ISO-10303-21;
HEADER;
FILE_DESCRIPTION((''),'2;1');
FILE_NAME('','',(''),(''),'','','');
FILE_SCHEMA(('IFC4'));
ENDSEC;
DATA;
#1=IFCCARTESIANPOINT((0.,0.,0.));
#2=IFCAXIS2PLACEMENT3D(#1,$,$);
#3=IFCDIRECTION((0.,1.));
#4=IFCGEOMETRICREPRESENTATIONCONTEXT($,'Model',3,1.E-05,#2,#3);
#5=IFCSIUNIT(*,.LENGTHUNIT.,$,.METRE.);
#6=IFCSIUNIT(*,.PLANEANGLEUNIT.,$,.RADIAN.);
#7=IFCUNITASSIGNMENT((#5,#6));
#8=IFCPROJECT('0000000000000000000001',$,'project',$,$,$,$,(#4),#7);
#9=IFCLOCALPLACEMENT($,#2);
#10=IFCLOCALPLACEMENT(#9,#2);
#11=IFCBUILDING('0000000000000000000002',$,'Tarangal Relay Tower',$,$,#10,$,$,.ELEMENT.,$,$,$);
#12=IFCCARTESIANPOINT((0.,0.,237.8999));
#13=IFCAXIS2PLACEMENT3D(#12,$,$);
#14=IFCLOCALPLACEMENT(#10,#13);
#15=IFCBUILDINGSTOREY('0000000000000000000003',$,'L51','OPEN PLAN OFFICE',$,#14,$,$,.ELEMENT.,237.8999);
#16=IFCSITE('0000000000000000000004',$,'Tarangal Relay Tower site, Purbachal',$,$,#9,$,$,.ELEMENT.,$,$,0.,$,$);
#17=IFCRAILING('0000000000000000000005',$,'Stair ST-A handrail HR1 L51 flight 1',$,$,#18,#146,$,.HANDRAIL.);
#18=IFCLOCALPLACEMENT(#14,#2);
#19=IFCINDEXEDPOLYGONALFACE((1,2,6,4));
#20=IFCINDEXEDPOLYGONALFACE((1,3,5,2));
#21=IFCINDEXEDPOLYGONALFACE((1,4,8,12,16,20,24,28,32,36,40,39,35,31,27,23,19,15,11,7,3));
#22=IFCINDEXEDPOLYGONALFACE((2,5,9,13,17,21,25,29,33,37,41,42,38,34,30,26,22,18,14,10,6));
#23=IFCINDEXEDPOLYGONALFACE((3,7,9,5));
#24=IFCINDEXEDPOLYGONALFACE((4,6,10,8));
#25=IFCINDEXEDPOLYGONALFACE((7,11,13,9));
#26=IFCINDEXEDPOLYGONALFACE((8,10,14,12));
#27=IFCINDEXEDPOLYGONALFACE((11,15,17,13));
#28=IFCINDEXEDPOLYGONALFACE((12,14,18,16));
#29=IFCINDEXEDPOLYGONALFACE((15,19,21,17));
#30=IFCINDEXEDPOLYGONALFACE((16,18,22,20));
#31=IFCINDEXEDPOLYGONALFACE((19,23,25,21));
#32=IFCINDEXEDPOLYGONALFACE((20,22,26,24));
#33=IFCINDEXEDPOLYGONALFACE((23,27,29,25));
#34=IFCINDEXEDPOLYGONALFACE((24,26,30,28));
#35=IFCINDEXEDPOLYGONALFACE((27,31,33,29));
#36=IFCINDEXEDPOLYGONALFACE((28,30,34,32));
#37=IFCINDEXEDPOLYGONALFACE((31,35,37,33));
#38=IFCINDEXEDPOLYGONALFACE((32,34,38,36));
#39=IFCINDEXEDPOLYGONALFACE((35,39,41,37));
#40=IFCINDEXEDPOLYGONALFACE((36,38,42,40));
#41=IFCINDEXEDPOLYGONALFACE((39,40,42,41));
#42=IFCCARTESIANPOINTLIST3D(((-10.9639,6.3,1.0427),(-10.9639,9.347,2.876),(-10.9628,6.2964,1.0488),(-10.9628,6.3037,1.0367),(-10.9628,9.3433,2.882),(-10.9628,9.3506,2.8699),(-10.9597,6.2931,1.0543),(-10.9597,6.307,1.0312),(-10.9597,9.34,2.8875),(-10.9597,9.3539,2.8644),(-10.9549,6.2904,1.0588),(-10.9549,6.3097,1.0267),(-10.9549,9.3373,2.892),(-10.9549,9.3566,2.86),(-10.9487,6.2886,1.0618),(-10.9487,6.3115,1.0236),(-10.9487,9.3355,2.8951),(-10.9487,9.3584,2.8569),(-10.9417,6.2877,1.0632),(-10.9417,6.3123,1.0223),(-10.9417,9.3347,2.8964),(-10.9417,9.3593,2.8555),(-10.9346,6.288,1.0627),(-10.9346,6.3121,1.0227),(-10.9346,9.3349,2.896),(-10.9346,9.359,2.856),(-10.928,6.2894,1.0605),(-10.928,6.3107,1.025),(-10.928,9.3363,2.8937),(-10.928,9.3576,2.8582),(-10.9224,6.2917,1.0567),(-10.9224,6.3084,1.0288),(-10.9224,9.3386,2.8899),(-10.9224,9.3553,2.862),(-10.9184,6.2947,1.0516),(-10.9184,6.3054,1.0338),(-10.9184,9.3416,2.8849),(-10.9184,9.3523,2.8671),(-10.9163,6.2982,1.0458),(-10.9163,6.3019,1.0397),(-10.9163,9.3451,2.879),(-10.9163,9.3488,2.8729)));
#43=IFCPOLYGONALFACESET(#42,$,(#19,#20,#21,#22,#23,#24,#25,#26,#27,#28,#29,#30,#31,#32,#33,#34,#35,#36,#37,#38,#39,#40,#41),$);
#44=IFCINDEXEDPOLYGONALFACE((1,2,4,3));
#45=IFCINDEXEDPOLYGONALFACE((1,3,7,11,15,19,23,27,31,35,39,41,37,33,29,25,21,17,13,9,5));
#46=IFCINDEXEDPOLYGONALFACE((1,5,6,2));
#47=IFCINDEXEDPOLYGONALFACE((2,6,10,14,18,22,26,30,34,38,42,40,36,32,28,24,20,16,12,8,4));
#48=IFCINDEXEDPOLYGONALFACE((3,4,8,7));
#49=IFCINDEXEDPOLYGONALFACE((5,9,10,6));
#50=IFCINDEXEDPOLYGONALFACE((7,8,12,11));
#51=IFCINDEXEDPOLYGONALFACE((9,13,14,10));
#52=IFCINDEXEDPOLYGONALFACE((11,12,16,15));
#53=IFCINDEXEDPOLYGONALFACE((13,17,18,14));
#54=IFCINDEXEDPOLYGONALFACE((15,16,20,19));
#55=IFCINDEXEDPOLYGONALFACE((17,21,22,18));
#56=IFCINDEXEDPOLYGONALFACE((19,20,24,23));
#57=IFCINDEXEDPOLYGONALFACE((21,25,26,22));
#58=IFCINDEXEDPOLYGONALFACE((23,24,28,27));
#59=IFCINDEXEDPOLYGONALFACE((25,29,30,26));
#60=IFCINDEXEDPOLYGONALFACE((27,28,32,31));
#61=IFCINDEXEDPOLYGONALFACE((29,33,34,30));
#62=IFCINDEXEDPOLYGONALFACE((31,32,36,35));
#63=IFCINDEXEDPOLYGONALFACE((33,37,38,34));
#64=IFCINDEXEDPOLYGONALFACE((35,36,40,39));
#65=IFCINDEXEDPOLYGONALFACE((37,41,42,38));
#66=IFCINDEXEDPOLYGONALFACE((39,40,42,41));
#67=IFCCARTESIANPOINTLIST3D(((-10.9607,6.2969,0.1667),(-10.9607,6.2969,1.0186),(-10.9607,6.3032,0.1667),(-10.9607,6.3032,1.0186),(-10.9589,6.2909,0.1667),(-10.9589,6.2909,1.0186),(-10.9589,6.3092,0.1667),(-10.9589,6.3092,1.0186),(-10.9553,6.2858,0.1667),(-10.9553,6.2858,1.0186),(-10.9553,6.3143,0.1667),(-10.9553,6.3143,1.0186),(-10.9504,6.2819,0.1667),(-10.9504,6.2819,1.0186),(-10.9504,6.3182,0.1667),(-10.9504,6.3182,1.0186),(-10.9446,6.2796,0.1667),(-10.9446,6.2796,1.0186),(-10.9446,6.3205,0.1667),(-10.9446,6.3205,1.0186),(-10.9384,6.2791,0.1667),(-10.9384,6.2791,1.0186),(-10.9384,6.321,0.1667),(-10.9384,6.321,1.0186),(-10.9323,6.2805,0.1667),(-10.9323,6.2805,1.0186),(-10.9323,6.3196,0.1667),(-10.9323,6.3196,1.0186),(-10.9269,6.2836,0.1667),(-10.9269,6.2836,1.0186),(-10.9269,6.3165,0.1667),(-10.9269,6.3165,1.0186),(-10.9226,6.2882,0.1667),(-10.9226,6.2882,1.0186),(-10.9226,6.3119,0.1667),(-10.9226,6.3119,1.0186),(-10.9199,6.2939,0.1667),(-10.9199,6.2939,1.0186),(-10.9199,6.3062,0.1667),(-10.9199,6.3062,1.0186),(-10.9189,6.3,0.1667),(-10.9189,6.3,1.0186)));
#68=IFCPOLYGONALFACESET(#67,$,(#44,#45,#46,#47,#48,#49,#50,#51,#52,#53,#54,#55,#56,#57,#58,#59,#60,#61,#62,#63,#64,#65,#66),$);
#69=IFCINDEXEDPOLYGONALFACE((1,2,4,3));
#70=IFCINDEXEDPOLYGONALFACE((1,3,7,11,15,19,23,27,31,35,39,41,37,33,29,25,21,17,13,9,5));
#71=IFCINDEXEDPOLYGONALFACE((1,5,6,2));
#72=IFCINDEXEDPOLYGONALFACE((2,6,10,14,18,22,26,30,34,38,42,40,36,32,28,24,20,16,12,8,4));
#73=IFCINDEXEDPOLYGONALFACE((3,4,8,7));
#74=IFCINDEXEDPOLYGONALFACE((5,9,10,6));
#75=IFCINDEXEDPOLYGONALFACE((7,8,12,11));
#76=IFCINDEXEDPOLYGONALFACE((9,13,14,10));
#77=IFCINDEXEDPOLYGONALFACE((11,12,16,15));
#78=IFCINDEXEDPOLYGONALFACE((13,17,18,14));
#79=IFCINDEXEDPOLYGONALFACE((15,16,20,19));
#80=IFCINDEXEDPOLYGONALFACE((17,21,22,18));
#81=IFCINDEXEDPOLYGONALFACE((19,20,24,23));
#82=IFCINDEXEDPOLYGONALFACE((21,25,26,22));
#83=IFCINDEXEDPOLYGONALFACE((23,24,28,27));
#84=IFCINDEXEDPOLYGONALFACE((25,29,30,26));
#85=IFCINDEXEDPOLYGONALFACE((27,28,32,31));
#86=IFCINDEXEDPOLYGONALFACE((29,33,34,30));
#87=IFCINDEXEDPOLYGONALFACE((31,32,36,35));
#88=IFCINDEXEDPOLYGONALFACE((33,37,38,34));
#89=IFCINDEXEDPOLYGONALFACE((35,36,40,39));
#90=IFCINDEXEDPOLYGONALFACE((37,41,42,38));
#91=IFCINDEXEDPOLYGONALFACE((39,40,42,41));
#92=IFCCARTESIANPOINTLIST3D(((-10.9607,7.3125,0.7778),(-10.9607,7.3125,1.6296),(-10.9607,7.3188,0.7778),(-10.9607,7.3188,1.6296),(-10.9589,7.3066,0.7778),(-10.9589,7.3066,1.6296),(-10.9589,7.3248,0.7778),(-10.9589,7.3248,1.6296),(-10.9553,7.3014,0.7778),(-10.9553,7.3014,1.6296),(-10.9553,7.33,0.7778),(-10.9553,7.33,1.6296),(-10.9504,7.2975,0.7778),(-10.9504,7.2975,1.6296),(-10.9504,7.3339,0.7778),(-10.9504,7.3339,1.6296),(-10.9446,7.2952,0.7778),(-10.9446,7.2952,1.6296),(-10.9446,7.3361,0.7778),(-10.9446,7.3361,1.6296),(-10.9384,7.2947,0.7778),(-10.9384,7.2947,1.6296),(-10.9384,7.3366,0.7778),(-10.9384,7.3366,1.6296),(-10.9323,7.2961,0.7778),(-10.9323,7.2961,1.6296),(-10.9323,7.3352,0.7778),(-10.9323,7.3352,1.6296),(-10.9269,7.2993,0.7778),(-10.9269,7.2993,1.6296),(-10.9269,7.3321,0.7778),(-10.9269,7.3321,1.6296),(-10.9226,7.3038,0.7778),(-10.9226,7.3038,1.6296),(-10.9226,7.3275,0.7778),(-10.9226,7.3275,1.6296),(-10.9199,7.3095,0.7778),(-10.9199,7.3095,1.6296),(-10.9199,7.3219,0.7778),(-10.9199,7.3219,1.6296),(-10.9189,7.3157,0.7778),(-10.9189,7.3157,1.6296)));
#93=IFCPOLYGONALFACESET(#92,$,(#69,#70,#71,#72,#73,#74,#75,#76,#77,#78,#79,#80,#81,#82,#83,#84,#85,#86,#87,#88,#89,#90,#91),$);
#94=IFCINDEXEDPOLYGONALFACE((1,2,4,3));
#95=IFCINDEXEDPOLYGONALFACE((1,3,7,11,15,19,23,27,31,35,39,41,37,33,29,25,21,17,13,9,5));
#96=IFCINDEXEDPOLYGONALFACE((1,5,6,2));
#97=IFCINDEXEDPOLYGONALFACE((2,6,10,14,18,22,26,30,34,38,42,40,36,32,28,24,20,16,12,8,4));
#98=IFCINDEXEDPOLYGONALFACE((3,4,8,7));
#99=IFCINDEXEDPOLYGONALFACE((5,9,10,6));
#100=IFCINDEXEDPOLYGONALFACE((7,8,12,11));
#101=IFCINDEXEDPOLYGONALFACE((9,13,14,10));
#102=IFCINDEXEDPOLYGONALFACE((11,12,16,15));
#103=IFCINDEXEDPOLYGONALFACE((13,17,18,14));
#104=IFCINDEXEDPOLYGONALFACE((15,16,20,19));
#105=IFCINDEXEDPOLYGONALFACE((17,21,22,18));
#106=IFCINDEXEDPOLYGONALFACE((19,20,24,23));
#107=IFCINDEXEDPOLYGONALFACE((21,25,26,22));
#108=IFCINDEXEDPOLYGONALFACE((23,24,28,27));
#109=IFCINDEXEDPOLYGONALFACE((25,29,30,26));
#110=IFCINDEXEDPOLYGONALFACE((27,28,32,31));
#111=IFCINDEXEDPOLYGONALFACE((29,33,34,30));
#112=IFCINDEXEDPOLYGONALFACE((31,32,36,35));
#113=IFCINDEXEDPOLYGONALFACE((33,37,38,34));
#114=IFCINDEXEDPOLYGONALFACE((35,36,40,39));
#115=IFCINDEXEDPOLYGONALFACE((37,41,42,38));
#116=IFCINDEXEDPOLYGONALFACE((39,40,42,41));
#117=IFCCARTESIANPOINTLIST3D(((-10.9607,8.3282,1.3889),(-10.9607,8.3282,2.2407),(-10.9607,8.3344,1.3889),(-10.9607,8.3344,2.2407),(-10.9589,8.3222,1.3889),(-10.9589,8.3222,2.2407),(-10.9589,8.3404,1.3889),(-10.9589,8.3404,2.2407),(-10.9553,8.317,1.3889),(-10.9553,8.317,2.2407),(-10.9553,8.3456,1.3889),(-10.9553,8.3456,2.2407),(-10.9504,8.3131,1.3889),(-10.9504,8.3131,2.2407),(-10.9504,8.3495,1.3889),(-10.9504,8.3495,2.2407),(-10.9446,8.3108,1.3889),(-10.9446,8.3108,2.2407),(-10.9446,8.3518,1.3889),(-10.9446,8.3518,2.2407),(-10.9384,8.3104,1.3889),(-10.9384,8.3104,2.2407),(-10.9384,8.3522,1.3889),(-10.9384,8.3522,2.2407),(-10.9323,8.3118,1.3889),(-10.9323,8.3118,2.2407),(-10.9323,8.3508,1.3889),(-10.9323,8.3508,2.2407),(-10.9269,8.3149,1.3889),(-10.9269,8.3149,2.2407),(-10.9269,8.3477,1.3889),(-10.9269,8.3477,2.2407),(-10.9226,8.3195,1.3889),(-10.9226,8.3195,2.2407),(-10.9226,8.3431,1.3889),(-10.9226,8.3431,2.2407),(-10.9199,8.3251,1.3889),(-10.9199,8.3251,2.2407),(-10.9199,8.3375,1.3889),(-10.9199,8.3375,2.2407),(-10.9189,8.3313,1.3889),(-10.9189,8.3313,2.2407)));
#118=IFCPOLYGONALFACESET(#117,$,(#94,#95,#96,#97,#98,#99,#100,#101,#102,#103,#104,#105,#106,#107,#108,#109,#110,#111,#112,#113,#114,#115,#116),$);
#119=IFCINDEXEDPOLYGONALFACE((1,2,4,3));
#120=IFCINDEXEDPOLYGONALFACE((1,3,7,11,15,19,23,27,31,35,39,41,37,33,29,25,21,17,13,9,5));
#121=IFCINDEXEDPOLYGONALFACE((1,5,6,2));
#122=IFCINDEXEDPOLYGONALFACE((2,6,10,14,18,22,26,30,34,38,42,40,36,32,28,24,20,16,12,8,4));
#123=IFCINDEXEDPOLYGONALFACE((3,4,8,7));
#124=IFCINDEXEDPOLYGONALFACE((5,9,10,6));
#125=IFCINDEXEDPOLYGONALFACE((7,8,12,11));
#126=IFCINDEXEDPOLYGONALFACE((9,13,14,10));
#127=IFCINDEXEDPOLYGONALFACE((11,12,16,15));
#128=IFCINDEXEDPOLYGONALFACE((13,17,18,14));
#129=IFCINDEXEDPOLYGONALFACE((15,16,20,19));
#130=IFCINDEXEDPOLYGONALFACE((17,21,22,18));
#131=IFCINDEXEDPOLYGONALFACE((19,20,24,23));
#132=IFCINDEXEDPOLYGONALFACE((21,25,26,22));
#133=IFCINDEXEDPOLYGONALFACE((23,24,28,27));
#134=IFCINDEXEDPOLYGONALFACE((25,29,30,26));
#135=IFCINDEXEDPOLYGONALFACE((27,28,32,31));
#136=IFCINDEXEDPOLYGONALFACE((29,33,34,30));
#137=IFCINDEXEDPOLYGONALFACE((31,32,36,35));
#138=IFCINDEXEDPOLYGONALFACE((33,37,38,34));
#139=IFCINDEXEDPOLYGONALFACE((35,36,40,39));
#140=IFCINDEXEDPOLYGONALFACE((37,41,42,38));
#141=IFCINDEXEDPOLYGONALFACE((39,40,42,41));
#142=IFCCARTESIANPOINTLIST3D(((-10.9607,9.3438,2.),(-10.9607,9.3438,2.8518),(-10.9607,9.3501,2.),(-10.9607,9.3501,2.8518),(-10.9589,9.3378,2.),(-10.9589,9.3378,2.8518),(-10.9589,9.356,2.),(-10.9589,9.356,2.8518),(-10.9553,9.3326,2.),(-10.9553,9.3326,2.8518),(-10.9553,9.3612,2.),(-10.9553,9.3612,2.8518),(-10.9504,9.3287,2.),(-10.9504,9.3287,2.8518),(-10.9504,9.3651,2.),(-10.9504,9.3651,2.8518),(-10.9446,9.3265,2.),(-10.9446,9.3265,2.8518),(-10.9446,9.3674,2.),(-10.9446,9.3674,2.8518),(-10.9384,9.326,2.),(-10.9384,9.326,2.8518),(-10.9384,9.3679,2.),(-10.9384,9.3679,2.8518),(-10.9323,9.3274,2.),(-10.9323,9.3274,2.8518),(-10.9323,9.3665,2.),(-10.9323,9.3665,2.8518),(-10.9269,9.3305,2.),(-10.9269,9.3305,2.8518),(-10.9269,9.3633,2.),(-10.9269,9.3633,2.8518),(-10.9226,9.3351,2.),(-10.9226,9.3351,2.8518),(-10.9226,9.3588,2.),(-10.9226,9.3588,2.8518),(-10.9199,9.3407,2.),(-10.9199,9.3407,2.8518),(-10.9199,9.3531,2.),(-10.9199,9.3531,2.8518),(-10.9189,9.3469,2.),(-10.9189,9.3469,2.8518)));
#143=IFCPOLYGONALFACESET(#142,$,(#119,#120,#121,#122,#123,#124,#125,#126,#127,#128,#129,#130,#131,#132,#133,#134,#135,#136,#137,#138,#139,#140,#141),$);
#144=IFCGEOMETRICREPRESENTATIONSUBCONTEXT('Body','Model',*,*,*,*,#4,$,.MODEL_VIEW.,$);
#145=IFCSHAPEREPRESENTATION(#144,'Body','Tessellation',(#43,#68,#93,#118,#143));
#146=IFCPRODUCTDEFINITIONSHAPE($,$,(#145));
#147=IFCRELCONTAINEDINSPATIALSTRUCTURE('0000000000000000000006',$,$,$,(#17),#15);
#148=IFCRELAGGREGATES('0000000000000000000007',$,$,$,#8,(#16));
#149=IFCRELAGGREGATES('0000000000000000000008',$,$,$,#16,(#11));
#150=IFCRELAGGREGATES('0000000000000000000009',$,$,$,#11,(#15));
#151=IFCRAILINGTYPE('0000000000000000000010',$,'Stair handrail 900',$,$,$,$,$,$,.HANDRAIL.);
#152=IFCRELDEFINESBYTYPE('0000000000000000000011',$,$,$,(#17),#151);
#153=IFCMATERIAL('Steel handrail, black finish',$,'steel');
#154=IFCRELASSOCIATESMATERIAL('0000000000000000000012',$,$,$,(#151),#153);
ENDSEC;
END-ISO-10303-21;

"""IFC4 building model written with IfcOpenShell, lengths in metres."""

from ifc_helpers import new_model, si_unit, direction, frame, origin, origin_2d, place, context, subcontext, project, spatial, circle, extrude, material, type_object, element, save


model = new_model("IFC4")

# Units and contexts
model_context = context("Model", 3, precision=1e-05, world=origin(), true_north=direction((0.0, 1.0)))
body_context = subcontext(model_context, "Body", "Model", "MODEL_VIEW")
ifc_project = project(units=[si_unit("LENGTHUNIT", "METRE"), si_unit("PLANEANGLEUNIT", "RADIAN")], contexts=[model_context])

# Site, building, storey
site_placement = place(None, origin())
site = spatial("IfcSite", under=ifc_project, at=site_placement, Name="Tarangal Relay Tower site, Purbachal", CompositionType="ELEMENT", RefElevation=0.0)
building_placement = place(site_placement, origin())
building = spatial("IfcBuilding", under=site, at=building_placement, Name="Tarangal Relay Tower", CompositionType="ELEMENT")
storey_placement = place(building_placement, frame((0.0, 0.0, 237.8999)))
storey = spatial("IfcBuildingStorey", under=building, at=storey_placement, Name="L51", Description="OPEN PLAN OFFICE", CompositionType="ELEMENT", Elevation=237.8999)

# Railing
ifc_material_1 = material(Name="Steel handrail, black finish", Category="steel")
railing_type_1 = type_object("IfcRailingType", Name="Stair handrail 900", PredefinedType="HANDRAIL", material=ifc_material_1)
railing_1_placement = place(storey_placement, frame((-10.9399, 6.3, 0.1667)))
element("IfcRailing", 1, at=railing_1_placement, inside=storey, type_object=railing_type_1, Name="Stair ST-A handrail HR1 L51 flight 1", PredefinedType="HANDRAIL", context=body_context, shape_type="SweptSolid", body=[
    extrude(circle(Radius=0.0239, at=origin_2d()), frame((0.0, 0.0, 0.876), z_axis=(0.0, 0.856856, 0.515556), x_axis=(-1.0, 0.0, 0.0)), (0.0, 0.0, 1.0), 3.5559),
    extrude(circle(Radius=0.021, at=origin_2d()), origin(), (0.0, 0.0, 1.0), 0.8518),
    extrude(circle(Radius=0.021, at=origin_2d()), frame((0.0, 1.0156, 0.6111)), (0.0, 0.0, 1.0), 0.8518),
    extrude(circle(Radius=0.021, at=origin_2d()), frame((0.0, 2.0312, 1.2222)), (0.0, 0.0, 1.0), 0.8518),
    extrude(circle(Radius=0.021, at=origin_2d()), frame((0.0, 3.0469, 1.8333)), (0.0, 0.0, 1.0), 0.8518),
])

save(model, "model.ifc")
